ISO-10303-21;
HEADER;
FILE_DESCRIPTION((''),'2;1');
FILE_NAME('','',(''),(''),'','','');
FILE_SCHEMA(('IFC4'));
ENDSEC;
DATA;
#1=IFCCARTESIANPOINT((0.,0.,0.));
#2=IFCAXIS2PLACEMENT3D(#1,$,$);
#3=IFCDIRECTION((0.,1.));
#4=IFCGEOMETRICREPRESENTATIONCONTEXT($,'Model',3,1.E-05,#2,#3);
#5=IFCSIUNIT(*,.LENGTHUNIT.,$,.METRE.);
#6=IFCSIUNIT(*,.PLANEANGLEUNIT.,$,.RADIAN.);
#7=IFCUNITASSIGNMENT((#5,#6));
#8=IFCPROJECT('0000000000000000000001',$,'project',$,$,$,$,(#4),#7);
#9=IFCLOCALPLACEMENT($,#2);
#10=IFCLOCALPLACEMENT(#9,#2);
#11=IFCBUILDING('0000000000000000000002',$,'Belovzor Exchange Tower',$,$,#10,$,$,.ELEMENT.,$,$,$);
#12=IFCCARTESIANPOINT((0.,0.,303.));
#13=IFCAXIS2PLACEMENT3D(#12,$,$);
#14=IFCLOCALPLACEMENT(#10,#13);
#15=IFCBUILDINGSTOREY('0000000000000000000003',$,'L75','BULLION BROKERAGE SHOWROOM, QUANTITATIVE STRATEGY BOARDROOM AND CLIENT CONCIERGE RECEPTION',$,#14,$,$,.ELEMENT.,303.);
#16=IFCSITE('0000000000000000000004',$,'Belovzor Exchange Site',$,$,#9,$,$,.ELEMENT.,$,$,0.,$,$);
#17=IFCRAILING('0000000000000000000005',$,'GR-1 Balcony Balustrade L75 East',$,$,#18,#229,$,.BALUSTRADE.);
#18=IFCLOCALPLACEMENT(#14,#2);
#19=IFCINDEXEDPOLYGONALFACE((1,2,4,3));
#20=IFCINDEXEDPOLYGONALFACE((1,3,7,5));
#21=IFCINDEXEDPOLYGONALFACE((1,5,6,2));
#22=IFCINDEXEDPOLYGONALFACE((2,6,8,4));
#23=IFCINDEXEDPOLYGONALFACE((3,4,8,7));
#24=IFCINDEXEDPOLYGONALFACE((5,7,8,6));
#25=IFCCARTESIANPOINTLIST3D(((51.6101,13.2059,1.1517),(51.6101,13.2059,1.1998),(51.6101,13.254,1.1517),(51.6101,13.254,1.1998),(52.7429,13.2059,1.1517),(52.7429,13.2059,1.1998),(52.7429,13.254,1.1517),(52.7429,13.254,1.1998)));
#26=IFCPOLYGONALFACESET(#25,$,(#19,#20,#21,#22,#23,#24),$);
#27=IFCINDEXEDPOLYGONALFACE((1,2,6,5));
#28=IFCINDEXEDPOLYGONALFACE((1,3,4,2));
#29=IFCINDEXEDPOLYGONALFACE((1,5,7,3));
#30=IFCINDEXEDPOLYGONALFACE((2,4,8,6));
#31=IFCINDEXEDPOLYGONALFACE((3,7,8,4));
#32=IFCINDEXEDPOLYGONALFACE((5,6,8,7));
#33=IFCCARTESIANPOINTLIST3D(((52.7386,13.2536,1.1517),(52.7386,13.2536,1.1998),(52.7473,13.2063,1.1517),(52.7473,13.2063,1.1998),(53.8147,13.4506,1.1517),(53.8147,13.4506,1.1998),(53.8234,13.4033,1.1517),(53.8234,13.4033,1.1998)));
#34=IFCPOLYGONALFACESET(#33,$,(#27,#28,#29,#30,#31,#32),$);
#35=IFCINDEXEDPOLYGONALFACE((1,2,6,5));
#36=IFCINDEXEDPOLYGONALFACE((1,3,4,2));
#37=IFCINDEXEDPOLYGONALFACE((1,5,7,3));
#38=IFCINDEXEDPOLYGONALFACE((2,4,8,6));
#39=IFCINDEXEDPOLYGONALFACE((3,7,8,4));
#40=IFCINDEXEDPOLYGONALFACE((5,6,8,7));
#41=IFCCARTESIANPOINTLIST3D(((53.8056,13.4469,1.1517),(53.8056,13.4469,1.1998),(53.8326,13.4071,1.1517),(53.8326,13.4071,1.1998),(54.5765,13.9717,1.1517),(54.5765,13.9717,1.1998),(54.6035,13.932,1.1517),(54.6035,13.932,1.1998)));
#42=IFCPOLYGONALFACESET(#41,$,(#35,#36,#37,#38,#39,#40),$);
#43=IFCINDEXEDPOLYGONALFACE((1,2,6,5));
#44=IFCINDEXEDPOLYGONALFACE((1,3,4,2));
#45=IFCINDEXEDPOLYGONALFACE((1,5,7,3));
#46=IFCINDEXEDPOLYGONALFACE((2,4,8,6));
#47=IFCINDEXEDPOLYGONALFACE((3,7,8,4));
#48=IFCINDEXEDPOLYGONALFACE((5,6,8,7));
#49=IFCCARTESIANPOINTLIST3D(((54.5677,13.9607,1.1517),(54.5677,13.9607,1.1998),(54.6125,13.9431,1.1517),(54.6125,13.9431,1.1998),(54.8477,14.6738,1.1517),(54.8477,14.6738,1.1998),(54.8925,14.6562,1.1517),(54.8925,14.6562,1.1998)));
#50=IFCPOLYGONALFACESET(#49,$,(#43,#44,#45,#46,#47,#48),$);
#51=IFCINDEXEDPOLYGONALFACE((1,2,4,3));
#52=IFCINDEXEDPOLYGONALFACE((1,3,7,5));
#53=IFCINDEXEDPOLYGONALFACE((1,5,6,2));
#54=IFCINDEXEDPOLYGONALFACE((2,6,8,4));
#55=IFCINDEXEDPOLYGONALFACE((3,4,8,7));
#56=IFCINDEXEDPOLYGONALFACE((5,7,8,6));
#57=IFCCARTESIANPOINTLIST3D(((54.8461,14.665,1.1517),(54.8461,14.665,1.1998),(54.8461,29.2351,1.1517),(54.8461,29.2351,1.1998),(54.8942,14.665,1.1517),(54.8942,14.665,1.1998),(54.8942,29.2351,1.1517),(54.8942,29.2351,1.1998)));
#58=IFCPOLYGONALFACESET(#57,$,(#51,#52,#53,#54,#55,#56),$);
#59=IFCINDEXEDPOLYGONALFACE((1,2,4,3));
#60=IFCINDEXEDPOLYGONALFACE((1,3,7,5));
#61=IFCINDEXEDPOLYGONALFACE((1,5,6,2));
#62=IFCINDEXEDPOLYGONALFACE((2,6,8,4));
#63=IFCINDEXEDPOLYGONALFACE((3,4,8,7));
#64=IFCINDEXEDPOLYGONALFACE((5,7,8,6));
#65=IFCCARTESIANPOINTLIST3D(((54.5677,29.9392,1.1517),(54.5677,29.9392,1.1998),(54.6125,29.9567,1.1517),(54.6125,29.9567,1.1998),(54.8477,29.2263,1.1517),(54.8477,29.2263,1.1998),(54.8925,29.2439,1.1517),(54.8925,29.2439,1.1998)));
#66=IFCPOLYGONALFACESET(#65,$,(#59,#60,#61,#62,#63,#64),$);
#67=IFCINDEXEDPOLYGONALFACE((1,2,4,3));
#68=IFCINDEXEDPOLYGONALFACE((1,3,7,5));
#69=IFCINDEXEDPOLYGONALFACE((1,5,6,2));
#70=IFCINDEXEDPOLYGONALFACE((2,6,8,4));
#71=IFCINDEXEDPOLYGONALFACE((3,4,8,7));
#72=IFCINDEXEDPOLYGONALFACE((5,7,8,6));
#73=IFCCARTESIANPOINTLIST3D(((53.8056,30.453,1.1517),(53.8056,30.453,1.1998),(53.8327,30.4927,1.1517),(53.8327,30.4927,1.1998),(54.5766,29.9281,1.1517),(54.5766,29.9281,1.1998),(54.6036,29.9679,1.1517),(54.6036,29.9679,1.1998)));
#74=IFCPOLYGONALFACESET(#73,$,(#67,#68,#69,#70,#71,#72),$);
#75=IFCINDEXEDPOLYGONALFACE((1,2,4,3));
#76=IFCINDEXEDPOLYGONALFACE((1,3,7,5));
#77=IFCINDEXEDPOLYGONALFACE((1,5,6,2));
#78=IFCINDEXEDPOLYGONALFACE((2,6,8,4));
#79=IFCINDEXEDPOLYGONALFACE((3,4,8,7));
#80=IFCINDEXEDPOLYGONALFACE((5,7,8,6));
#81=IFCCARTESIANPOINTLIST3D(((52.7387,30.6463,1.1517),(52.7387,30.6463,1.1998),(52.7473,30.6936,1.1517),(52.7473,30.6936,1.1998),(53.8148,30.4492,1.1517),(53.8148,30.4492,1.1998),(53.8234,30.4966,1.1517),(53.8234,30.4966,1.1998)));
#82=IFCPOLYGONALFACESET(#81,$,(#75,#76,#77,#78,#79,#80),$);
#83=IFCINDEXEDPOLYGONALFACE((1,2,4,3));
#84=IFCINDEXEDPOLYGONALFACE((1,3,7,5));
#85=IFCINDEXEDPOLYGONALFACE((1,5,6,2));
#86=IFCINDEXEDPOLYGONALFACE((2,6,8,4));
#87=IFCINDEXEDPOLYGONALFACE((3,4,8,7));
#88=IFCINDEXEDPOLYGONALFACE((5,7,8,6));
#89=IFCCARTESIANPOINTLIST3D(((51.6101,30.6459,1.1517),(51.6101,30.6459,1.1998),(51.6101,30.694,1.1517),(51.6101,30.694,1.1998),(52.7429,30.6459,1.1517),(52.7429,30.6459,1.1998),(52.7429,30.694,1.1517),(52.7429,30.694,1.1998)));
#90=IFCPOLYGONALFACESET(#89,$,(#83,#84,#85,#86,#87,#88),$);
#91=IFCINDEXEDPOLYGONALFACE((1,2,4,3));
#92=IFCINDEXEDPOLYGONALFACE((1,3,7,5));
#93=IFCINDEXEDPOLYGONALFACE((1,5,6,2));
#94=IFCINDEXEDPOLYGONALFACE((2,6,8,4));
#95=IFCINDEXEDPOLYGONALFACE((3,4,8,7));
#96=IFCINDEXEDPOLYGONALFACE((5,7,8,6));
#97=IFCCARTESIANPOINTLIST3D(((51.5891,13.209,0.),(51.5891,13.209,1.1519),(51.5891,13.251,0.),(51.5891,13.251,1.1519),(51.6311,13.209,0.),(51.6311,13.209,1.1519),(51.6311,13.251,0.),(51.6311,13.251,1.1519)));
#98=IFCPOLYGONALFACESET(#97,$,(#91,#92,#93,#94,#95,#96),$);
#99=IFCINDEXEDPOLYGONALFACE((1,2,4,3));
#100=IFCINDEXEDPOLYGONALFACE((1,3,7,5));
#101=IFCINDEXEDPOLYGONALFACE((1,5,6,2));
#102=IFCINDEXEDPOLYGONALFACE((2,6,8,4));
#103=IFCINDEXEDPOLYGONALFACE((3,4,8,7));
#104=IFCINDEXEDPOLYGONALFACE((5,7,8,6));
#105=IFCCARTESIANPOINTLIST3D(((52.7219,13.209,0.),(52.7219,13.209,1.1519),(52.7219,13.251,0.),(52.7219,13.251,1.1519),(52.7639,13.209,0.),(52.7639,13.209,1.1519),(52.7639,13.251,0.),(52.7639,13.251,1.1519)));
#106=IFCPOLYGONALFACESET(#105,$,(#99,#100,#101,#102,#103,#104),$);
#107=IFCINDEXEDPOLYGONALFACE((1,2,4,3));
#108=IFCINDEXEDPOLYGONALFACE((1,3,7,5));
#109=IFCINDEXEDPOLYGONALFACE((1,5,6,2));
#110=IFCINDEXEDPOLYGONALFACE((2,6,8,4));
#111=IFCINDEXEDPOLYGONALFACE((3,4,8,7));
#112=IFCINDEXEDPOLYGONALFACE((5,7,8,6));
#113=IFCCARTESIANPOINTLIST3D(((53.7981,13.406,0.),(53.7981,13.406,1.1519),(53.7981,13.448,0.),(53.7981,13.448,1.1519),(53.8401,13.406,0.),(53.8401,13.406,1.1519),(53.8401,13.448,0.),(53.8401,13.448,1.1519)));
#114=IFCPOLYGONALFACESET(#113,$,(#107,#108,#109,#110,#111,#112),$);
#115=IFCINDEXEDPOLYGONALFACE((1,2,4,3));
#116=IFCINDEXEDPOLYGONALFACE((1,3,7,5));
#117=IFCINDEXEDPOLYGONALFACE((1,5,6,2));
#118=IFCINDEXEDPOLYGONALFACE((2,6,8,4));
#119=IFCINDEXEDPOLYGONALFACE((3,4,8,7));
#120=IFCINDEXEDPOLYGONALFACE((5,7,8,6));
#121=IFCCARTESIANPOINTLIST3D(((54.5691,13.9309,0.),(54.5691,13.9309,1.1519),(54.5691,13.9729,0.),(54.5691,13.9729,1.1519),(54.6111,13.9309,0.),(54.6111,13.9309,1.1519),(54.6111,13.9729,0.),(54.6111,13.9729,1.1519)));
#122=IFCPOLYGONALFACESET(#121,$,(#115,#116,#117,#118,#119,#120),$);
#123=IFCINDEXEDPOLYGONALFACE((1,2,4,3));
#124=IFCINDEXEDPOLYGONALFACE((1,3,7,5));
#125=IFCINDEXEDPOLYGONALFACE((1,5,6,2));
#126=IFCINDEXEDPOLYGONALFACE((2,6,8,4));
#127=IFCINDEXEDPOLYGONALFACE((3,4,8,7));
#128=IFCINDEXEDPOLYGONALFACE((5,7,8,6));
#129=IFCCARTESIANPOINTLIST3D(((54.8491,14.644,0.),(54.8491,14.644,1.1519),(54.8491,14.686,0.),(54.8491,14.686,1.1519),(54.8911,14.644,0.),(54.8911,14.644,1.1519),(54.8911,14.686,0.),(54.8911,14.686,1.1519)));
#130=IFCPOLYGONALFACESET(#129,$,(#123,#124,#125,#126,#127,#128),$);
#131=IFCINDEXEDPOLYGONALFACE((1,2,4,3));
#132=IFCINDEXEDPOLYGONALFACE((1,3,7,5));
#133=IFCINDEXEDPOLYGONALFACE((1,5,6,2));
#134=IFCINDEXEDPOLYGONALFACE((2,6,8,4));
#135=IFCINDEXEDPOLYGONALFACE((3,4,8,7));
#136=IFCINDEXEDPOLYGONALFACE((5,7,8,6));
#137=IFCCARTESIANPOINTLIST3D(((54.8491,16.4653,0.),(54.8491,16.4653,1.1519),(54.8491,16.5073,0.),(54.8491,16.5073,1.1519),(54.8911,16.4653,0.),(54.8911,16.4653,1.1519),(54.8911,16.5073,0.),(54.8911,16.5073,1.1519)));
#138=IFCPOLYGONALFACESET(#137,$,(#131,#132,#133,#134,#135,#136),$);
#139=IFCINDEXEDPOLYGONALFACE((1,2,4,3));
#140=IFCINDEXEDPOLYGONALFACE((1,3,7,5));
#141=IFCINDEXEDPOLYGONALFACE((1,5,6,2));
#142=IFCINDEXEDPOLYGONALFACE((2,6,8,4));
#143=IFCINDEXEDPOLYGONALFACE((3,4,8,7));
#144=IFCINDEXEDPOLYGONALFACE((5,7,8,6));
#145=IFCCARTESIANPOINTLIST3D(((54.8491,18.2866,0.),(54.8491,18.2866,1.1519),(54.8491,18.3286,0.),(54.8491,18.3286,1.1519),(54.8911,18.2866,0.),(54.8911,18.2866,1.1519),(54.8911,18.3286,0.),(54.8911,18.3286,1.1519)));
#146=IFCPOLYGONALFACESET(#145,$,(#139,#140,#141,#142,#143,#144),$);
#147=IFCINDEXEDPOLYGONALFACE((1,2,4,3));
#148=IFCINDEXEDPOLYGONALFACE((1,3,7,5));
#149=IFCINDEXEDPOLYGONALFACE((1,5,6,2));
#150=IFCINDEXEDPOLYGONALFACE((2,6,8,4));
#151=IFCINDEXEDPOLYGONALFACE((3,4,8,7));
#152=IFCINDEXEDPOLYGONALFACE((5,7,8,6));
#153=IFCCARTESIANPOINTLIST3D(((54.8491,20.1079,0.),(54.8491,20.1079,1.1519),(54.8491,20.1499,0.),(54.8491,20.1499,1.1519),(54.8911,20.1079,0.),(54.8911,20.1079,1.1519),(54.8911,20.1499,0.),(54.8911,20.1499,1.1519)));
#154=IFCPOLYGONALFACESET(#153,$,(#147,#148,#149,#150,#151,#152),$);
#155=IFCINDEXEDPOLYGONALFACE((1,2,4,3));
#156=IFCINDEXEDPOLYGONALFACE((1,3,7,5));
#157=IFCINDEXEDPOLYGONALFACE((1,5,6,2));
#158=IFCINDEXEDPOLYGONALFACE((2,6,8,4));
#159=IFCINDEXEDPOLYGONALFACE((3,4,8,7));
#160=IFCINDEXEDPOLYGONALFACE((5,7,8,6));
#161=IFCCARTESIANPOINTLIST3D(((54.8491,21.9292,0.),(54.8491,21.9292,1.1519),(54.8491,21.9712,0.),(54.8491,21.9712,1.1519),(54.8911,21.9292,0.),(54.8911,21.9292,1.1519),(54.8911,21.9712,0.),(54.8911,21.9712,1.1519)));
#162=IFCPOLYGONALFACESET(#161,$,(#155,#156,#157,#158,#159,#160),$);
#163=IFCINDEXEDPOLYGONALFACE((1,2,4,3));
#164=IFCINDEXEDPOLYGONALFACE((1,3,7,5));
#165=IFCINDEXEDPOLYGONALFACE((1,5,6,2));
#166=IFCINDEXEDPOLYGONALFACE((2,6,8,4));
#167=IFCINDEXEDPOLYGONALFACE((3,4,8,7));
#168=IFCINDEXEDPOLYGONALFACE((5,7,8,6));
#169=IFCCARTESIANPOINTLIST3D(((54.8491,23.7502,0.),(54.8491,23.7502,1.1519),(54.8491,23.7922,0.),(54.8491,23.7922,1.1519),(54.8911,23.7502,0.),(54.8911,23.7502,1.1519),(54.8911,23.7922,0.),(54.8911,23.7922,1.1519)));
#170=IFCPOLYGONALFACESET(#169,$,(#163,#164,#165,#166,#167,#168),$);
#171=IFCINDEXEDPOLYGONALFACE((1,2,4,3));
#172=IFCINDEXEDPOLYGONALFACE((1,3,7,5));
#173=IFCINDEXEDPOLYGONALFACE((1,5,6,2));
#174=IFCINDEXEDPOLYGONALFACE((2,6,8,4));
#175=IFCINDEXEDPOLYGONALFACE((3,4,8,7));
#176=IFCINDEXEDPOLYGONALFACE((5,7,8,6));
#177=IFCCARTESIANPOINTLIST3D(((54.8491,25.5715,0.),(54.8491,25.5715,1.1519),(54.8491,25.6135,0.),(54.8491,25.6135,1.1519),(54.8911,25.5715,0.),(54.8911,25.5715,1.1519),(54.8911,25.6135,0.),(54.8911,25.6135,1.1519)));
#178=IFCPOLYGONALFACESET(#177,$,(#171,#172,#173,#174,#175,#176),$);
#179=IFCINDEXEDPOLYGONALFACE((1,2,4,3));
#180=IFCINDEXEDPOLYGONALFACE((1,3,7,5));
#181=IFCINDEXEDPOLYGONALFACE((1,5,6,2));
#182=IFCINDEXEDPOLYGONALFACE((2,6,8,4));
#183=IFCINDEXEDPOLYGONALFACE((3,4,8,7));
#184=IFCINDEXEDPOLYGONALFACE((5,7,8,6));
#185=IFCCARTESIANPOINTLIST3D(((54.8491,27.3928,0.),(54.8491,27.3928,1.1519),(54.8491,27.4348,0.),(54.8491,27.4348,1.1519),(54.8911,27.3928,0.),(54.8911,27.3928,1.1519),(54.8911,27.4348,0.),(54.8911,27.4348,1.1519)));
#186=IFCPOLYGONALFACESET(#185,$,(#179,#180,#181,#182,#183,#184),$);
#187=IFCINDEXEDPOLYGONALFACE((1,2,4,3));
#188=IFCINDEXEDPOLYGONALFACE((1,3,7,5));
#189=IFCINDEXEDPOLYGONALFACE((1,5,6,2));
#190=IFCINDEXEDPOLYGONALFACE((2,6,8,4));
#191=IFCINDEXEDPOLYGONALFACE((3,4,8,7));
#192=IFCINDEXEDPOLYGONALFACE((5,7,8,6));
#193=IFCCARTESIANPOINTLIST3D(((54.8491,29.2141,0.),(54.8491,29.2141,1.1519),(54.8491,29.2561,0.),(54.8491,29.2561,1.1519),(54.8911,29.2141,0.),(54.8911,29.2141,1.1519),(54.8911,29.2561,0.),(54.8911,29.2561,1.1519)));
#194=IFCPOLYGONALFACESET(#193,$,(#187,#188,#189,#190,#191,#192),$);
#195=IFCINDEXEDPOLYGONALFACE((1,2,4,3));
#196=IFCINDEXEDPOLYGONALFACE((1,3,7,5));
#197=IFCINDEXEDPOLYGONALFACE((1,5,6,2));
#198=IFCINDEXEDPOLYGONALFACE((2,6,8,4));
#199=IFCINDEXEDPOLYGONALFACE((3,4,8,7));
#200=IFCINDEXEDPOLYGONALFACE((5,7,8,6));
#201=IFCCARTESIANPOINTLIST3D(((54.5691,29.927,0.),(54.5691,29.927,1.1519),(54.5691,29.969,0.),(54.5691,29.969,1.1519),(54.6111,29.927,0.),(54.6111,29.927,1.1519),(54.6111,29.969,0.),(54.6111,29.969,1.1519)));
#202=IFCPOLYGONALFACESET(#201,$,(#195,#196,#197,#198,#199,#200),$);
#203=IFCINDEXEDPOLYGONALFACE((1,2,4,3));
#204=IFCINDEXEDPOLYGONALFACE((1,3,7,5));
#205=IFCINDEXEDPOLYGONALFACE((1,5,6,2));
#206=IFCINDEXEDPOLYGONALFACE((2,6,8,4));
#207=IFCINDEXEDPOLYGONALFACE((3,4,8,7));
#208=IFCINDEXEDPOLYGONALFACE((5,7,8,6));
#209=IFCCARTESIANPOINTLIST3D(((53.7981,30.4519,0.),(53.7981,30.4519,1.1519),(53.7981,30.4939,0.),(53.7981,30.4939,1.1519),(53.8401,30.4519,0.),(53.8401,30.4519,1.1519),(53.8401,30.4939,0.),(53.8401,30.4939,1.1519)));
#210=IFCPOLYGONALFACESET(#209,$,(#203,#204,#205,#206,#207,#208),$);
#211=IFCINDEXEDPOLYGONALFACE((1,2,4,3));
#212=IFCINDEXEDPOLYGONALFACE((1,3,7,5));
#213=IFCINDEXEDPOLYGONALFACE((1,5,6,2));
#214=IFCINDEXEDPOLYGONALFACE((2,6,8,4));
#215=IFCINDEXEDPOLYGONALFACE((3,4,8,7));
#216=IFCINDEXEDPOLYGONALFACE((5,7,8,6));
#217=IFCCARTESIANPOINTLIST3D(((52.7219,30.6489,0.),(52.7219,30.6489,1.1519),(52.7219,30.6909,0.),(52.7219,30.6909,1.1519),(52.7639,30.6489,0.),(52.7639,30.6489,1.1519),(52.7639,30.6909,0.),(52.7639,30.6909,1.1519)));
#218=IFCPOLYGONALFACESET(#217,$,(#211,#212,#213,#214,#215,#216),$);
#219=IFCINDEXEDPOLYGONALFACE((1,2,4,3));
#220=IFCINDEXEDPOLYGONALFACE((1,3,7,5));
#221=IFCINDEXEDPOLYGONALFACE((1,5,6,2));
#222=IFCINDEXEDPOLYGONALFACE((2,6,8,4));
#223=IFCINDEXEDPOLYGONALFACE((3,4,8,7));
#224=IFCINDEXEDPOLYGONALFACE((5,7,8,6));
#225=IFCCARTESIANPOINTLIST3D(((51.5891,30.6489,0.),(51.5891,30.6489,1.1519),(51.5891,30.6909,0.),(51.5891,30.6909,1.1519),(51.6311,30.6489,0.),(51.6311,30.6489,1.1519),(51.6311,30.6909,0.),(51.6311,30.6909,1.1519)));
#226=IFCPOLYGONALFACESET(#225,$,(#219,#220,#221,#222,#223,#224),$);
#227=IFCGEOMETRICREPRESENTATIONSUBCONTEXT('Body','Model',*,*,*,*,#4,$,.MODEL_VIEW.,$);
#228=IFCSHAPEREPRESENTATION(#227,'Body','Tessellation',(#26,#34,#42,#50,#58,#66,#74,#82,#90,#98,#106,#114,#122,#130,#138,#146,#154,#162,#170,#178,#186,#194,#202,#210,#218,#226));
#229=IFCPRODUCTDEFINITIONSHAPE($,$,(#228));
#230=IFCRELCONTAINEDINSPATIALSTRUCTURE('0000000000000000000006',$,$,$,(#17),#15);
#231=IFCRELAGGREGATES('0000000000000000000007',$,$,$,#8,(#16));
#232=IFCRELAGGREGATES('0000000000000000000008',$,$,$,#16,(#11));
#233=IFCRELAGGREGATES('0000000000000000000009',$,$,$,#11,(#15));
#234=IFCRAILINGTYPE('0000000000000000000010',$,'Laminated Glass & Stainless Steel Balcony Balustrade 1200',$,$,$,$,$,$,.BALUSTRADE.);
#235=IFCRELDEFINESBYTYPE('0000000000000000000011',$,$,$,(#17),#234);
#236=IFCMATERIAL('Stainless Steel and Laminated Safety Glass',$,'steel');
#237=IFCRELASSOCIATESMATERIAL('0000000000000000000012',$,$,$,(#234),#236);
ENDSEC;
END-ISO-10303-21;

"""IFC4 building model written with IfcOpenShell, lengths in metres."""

from ifc_helpers import new_model, si_unit, direction, frame, origin, origin_2d, place, context, subcontext, project, spatial, rectangle, extrude, material, type_object, element, save


model = new_model("IFC4")

# Units and contexts
model_context = context("Model", 3, precision=1e-05, world=origin(), true_north=direction((0.0, 1.0)))
body_context = subcontext(model_context, "Body", "Model", "MODEL_VIEW")
ifc_project = project(units=[si_unit("LENGTHUNIT", "METRE"), si_unit("PLANEANGLEUNIT", "RADIAN")], contexts=[model_context])

# Site, building, storey
site_placement = place(None, origin())
site = spatial("IfcSite", under=ifc_project, at=site_placement, Name="Belovzor Exchange Site", CompositionType="ELEMENT", RefElevation=0.0)
building_placement = place(site_placement, origin())
building = spatial("IfcBuilding", under=site, at=building_placement, Name="Belovzor Exchange Tower", CompositionType="ELEMENT")
storey_placement = place(building_placement, frame((0.0, 0.0, 303.0)))
storey = spatial("IfcBuildingStorey", under=building, at=storey_placement, Name="L75", Description="BULLION BROKERAGE SHOWROOM, QUANTITATIVE STRATEGY BOARDROOM AND CLIENT CONCIERGE RECEPTION", CompositionType="ELEMENT", Elevation=303.0)

# Railing
ifc_material_1 = material(Name="Stainless Steel and Laminated Safety Glass", Category="steel")
railing_type = type_object("IfcRailingType", Name="Laminated Glass & Stainless Steel Balcony Balustrade 1200", PredefinedType="BALUSTRADE", material=ifc_material_1)
railing_placement = place(storey_placement, frame((51.6101, 13.23, 0.0)))
element("IfcRailing", 1, at=railing_placement, inside=storey, type_object=railing_type, Name="GR-1 Balcony Balustrade L75 East", PredefinedType="BALUSTRADE", context=body_context, shape_type="SweptSolid", body=[
    extrude(rectangle(XDim=0.0481, YDim=0.0481, at=origin_2d()), frame((0.0, 0.0, 1.1758), z_axis=(1.0, 0.0, 0.0), x_axis=(0.0, 1.0, 0.0)), (0.0, 0.0, 1.0), 1.1328),
    extrude(rectangle(XDim=0.0481, YDim=0.0481, at=origin_2d()), frame((1.1328, 0.0, 1.1758), z_axis=(0.983651, 0.180083, 0.0), x_axis=(-0.180083, 0.983651, 0.0)), (0.0, 0.0, 1.0), 1.094),
    extrude(rectangle(XDim=0.0481, YDim=0.0481, at=origin_2d()), frame((2.209, 0.197, 1.1758), z_axis=(0.826615, 0.562768, 0.0), x_axis=(-0.562768, 0.826615, 0.0)), (0.0, 0.0, 1.0), 0.9326),
    extrude(rectangle(XDim=0.0481, YDim=0.0481, at=origin_2d()), frame((2.98, 0.7219, 1.1758), z_axis=(0.365504, 0.93081, 0.0), x_axis=(-0.93081, 0.365504, 0.0)), (0.0, 0.0, 1.0), 0.7661),
    extrude(rectangle(XDim=0.0481, YDim=0.0481, at=origin_2d()), frame((3.26, 1.4351, 1.1758), z_axis=(0.0, 1.0, 0.0), x_axis=(-1.0, 0.0, 0.0)), (0.0, 0.0, 1.0), 14.5701),
    extrude(rectangle(XDim=0.0481, YDim=0.0481, at=origin_2d()), frame((3.26, 16.0051, 1.1758), z_axis=(-0.365613, 0.930767, 0.0), x_axis=(-0.930767, -0.365613, 0.0)), (0.0, 0.0, 1.0), 0.7659),
    extrude(rectangle(XDim=0.0481, YDim=0.0481, at=origin_2d()), frame((2.98, 16.718, 1.1758), z_axis=(-0.826615, 0.562768, 0.0), x_axis=(-0.562768, -0.826615, 0.0)), (0.0, 0.0, 1.0), 0.9326),
    extrude(rectangle(XDim=0.0481, YDim=0.0481, at=origin_2d()), frame((2.209, 17.2429, 1.1758), z_axis=(-0.983651, 0.180083, 0.0), x_axis=(-0.180083, -0.983651, 0.0)), (0.0, 0.0, 1.0), 1.094),
    extrude(rectangle(XDim=0.0481, YDim=0.0481, at=origin_2d()), frame((1.1328, 17.4399, 1.1758), z_axis=(-1.0, 0.0, 0.0), x_axis=(0.0, -1.0, 0.0)), (0.0, 0.0, 1.0), 1.1328),
    extrude(rectangle(XDim=0.042, YDim=0.042, at=origin_2d()), origin(), (0.0, 0.0, 1.0), 1.1519),
    extrude(rectangle(XDim=0.042, YDim=0.042, at=origin_2d()), frame((1.1328, 0.0, 0.0)), (0.0, 0.0, 1.0), 1.1519),
    extrude(rectangle(XDim=0.042, YDim=0.042, at=origin_2d()), frame((2.209, 0.197, 0.0)), (0.0, 0.0, 1.0), 1.1519),
    extrude(rectangle(XDim=0.042, YDim=0.042, at=origin_2d()), frame((2.98, 0.7219, 0.0)), (0.0, 0.0, 1.0), 1.1519),
    extrude(rectangle(XDim=0.042, YDim=0.042, at=origin_2d()), frame((3.26, 1.4351, 0.0)), (0.0, 0.0, 1.0), 1.1519),
    extrude(rectangle(XDim=0.042, YDim=0.042, at=origin_2d()), frame((3.26, 3.2563, 0.0)), (0.0, 0.0, 1.0), 1.1519),
    extrude(rectangle(XDim=0.042, YDim=0.042, at=origin_2d()), frame((3.26, 5.0776, 0.0)), (0.0, 0.0, 1.0), 1.1519),
    extrude(rectangle(XDim=0.042, YDim=0.042, at=origin_2d()), frame((3.26, 6.8989, 0.0)), (0.0, 0.0, 1.0), 1.1519),
    extrude(rectangle(XDim=0.042, YDim=0.042, at=origin_2d()), frame((3.26, 8.7202, 0.0)), (0.0, 0.0, 1.0), 1.1519),
    extrude(rectangle(XDim=0.042, YDim=0.042, at=origin_2d()), frame((3.26, 10.5413, 0.0)), (0.0, 0.0, 1.0), 1.1519),
    extrude(rectangle(XDim=0.042, YDim=0.042, at=origin_2d()), frame((3.26, 12.3625, 0.0)), (0.0, 0.0, 1.0), 1.1519),
    extrude(rectangle(XDim=0.042, YDim=0.042, at=origin_2d()), frame((3.26, 14.1838, 0.0)), (0.0, 0.0, 1.0), 1.1519),
    extrude(rectangle(XDim=0.042, YDim=0.042, at=origin_2d()), frame((3.26, 16.0051, 0.0)), (0.0, 0.0, 1.0), 1.1519),
    extrude(rectangle(XDim=0.042, YDim=0.042, at=origin_2d()), frame((2.98, 16.718, 0.0)), (0.0, 0.0, 1.0), 1.1519),
    extrude(rectangle(XDim=0.042, YDim=0.042, at=origin_2d()), frame((2.209, 17.2429, 0.0)), (0.0, 0.0, 1.0), 1.1519),
    extrude(rectangle(XDim=0.042, YDim=0.042, at=origin_2d()), frame((1.1328, 17.4399, 0.0)), (0.0, 0.0, 1.0), 1.1519),
    extrude(rectangle(XDim=0.042, YDim=0.042, at=origin_2d()), frame((0.0, 17.4399, 0.0)), (0.0, 0.0, 1.0), 1.1519),
])

save(model, "model.ifc")
